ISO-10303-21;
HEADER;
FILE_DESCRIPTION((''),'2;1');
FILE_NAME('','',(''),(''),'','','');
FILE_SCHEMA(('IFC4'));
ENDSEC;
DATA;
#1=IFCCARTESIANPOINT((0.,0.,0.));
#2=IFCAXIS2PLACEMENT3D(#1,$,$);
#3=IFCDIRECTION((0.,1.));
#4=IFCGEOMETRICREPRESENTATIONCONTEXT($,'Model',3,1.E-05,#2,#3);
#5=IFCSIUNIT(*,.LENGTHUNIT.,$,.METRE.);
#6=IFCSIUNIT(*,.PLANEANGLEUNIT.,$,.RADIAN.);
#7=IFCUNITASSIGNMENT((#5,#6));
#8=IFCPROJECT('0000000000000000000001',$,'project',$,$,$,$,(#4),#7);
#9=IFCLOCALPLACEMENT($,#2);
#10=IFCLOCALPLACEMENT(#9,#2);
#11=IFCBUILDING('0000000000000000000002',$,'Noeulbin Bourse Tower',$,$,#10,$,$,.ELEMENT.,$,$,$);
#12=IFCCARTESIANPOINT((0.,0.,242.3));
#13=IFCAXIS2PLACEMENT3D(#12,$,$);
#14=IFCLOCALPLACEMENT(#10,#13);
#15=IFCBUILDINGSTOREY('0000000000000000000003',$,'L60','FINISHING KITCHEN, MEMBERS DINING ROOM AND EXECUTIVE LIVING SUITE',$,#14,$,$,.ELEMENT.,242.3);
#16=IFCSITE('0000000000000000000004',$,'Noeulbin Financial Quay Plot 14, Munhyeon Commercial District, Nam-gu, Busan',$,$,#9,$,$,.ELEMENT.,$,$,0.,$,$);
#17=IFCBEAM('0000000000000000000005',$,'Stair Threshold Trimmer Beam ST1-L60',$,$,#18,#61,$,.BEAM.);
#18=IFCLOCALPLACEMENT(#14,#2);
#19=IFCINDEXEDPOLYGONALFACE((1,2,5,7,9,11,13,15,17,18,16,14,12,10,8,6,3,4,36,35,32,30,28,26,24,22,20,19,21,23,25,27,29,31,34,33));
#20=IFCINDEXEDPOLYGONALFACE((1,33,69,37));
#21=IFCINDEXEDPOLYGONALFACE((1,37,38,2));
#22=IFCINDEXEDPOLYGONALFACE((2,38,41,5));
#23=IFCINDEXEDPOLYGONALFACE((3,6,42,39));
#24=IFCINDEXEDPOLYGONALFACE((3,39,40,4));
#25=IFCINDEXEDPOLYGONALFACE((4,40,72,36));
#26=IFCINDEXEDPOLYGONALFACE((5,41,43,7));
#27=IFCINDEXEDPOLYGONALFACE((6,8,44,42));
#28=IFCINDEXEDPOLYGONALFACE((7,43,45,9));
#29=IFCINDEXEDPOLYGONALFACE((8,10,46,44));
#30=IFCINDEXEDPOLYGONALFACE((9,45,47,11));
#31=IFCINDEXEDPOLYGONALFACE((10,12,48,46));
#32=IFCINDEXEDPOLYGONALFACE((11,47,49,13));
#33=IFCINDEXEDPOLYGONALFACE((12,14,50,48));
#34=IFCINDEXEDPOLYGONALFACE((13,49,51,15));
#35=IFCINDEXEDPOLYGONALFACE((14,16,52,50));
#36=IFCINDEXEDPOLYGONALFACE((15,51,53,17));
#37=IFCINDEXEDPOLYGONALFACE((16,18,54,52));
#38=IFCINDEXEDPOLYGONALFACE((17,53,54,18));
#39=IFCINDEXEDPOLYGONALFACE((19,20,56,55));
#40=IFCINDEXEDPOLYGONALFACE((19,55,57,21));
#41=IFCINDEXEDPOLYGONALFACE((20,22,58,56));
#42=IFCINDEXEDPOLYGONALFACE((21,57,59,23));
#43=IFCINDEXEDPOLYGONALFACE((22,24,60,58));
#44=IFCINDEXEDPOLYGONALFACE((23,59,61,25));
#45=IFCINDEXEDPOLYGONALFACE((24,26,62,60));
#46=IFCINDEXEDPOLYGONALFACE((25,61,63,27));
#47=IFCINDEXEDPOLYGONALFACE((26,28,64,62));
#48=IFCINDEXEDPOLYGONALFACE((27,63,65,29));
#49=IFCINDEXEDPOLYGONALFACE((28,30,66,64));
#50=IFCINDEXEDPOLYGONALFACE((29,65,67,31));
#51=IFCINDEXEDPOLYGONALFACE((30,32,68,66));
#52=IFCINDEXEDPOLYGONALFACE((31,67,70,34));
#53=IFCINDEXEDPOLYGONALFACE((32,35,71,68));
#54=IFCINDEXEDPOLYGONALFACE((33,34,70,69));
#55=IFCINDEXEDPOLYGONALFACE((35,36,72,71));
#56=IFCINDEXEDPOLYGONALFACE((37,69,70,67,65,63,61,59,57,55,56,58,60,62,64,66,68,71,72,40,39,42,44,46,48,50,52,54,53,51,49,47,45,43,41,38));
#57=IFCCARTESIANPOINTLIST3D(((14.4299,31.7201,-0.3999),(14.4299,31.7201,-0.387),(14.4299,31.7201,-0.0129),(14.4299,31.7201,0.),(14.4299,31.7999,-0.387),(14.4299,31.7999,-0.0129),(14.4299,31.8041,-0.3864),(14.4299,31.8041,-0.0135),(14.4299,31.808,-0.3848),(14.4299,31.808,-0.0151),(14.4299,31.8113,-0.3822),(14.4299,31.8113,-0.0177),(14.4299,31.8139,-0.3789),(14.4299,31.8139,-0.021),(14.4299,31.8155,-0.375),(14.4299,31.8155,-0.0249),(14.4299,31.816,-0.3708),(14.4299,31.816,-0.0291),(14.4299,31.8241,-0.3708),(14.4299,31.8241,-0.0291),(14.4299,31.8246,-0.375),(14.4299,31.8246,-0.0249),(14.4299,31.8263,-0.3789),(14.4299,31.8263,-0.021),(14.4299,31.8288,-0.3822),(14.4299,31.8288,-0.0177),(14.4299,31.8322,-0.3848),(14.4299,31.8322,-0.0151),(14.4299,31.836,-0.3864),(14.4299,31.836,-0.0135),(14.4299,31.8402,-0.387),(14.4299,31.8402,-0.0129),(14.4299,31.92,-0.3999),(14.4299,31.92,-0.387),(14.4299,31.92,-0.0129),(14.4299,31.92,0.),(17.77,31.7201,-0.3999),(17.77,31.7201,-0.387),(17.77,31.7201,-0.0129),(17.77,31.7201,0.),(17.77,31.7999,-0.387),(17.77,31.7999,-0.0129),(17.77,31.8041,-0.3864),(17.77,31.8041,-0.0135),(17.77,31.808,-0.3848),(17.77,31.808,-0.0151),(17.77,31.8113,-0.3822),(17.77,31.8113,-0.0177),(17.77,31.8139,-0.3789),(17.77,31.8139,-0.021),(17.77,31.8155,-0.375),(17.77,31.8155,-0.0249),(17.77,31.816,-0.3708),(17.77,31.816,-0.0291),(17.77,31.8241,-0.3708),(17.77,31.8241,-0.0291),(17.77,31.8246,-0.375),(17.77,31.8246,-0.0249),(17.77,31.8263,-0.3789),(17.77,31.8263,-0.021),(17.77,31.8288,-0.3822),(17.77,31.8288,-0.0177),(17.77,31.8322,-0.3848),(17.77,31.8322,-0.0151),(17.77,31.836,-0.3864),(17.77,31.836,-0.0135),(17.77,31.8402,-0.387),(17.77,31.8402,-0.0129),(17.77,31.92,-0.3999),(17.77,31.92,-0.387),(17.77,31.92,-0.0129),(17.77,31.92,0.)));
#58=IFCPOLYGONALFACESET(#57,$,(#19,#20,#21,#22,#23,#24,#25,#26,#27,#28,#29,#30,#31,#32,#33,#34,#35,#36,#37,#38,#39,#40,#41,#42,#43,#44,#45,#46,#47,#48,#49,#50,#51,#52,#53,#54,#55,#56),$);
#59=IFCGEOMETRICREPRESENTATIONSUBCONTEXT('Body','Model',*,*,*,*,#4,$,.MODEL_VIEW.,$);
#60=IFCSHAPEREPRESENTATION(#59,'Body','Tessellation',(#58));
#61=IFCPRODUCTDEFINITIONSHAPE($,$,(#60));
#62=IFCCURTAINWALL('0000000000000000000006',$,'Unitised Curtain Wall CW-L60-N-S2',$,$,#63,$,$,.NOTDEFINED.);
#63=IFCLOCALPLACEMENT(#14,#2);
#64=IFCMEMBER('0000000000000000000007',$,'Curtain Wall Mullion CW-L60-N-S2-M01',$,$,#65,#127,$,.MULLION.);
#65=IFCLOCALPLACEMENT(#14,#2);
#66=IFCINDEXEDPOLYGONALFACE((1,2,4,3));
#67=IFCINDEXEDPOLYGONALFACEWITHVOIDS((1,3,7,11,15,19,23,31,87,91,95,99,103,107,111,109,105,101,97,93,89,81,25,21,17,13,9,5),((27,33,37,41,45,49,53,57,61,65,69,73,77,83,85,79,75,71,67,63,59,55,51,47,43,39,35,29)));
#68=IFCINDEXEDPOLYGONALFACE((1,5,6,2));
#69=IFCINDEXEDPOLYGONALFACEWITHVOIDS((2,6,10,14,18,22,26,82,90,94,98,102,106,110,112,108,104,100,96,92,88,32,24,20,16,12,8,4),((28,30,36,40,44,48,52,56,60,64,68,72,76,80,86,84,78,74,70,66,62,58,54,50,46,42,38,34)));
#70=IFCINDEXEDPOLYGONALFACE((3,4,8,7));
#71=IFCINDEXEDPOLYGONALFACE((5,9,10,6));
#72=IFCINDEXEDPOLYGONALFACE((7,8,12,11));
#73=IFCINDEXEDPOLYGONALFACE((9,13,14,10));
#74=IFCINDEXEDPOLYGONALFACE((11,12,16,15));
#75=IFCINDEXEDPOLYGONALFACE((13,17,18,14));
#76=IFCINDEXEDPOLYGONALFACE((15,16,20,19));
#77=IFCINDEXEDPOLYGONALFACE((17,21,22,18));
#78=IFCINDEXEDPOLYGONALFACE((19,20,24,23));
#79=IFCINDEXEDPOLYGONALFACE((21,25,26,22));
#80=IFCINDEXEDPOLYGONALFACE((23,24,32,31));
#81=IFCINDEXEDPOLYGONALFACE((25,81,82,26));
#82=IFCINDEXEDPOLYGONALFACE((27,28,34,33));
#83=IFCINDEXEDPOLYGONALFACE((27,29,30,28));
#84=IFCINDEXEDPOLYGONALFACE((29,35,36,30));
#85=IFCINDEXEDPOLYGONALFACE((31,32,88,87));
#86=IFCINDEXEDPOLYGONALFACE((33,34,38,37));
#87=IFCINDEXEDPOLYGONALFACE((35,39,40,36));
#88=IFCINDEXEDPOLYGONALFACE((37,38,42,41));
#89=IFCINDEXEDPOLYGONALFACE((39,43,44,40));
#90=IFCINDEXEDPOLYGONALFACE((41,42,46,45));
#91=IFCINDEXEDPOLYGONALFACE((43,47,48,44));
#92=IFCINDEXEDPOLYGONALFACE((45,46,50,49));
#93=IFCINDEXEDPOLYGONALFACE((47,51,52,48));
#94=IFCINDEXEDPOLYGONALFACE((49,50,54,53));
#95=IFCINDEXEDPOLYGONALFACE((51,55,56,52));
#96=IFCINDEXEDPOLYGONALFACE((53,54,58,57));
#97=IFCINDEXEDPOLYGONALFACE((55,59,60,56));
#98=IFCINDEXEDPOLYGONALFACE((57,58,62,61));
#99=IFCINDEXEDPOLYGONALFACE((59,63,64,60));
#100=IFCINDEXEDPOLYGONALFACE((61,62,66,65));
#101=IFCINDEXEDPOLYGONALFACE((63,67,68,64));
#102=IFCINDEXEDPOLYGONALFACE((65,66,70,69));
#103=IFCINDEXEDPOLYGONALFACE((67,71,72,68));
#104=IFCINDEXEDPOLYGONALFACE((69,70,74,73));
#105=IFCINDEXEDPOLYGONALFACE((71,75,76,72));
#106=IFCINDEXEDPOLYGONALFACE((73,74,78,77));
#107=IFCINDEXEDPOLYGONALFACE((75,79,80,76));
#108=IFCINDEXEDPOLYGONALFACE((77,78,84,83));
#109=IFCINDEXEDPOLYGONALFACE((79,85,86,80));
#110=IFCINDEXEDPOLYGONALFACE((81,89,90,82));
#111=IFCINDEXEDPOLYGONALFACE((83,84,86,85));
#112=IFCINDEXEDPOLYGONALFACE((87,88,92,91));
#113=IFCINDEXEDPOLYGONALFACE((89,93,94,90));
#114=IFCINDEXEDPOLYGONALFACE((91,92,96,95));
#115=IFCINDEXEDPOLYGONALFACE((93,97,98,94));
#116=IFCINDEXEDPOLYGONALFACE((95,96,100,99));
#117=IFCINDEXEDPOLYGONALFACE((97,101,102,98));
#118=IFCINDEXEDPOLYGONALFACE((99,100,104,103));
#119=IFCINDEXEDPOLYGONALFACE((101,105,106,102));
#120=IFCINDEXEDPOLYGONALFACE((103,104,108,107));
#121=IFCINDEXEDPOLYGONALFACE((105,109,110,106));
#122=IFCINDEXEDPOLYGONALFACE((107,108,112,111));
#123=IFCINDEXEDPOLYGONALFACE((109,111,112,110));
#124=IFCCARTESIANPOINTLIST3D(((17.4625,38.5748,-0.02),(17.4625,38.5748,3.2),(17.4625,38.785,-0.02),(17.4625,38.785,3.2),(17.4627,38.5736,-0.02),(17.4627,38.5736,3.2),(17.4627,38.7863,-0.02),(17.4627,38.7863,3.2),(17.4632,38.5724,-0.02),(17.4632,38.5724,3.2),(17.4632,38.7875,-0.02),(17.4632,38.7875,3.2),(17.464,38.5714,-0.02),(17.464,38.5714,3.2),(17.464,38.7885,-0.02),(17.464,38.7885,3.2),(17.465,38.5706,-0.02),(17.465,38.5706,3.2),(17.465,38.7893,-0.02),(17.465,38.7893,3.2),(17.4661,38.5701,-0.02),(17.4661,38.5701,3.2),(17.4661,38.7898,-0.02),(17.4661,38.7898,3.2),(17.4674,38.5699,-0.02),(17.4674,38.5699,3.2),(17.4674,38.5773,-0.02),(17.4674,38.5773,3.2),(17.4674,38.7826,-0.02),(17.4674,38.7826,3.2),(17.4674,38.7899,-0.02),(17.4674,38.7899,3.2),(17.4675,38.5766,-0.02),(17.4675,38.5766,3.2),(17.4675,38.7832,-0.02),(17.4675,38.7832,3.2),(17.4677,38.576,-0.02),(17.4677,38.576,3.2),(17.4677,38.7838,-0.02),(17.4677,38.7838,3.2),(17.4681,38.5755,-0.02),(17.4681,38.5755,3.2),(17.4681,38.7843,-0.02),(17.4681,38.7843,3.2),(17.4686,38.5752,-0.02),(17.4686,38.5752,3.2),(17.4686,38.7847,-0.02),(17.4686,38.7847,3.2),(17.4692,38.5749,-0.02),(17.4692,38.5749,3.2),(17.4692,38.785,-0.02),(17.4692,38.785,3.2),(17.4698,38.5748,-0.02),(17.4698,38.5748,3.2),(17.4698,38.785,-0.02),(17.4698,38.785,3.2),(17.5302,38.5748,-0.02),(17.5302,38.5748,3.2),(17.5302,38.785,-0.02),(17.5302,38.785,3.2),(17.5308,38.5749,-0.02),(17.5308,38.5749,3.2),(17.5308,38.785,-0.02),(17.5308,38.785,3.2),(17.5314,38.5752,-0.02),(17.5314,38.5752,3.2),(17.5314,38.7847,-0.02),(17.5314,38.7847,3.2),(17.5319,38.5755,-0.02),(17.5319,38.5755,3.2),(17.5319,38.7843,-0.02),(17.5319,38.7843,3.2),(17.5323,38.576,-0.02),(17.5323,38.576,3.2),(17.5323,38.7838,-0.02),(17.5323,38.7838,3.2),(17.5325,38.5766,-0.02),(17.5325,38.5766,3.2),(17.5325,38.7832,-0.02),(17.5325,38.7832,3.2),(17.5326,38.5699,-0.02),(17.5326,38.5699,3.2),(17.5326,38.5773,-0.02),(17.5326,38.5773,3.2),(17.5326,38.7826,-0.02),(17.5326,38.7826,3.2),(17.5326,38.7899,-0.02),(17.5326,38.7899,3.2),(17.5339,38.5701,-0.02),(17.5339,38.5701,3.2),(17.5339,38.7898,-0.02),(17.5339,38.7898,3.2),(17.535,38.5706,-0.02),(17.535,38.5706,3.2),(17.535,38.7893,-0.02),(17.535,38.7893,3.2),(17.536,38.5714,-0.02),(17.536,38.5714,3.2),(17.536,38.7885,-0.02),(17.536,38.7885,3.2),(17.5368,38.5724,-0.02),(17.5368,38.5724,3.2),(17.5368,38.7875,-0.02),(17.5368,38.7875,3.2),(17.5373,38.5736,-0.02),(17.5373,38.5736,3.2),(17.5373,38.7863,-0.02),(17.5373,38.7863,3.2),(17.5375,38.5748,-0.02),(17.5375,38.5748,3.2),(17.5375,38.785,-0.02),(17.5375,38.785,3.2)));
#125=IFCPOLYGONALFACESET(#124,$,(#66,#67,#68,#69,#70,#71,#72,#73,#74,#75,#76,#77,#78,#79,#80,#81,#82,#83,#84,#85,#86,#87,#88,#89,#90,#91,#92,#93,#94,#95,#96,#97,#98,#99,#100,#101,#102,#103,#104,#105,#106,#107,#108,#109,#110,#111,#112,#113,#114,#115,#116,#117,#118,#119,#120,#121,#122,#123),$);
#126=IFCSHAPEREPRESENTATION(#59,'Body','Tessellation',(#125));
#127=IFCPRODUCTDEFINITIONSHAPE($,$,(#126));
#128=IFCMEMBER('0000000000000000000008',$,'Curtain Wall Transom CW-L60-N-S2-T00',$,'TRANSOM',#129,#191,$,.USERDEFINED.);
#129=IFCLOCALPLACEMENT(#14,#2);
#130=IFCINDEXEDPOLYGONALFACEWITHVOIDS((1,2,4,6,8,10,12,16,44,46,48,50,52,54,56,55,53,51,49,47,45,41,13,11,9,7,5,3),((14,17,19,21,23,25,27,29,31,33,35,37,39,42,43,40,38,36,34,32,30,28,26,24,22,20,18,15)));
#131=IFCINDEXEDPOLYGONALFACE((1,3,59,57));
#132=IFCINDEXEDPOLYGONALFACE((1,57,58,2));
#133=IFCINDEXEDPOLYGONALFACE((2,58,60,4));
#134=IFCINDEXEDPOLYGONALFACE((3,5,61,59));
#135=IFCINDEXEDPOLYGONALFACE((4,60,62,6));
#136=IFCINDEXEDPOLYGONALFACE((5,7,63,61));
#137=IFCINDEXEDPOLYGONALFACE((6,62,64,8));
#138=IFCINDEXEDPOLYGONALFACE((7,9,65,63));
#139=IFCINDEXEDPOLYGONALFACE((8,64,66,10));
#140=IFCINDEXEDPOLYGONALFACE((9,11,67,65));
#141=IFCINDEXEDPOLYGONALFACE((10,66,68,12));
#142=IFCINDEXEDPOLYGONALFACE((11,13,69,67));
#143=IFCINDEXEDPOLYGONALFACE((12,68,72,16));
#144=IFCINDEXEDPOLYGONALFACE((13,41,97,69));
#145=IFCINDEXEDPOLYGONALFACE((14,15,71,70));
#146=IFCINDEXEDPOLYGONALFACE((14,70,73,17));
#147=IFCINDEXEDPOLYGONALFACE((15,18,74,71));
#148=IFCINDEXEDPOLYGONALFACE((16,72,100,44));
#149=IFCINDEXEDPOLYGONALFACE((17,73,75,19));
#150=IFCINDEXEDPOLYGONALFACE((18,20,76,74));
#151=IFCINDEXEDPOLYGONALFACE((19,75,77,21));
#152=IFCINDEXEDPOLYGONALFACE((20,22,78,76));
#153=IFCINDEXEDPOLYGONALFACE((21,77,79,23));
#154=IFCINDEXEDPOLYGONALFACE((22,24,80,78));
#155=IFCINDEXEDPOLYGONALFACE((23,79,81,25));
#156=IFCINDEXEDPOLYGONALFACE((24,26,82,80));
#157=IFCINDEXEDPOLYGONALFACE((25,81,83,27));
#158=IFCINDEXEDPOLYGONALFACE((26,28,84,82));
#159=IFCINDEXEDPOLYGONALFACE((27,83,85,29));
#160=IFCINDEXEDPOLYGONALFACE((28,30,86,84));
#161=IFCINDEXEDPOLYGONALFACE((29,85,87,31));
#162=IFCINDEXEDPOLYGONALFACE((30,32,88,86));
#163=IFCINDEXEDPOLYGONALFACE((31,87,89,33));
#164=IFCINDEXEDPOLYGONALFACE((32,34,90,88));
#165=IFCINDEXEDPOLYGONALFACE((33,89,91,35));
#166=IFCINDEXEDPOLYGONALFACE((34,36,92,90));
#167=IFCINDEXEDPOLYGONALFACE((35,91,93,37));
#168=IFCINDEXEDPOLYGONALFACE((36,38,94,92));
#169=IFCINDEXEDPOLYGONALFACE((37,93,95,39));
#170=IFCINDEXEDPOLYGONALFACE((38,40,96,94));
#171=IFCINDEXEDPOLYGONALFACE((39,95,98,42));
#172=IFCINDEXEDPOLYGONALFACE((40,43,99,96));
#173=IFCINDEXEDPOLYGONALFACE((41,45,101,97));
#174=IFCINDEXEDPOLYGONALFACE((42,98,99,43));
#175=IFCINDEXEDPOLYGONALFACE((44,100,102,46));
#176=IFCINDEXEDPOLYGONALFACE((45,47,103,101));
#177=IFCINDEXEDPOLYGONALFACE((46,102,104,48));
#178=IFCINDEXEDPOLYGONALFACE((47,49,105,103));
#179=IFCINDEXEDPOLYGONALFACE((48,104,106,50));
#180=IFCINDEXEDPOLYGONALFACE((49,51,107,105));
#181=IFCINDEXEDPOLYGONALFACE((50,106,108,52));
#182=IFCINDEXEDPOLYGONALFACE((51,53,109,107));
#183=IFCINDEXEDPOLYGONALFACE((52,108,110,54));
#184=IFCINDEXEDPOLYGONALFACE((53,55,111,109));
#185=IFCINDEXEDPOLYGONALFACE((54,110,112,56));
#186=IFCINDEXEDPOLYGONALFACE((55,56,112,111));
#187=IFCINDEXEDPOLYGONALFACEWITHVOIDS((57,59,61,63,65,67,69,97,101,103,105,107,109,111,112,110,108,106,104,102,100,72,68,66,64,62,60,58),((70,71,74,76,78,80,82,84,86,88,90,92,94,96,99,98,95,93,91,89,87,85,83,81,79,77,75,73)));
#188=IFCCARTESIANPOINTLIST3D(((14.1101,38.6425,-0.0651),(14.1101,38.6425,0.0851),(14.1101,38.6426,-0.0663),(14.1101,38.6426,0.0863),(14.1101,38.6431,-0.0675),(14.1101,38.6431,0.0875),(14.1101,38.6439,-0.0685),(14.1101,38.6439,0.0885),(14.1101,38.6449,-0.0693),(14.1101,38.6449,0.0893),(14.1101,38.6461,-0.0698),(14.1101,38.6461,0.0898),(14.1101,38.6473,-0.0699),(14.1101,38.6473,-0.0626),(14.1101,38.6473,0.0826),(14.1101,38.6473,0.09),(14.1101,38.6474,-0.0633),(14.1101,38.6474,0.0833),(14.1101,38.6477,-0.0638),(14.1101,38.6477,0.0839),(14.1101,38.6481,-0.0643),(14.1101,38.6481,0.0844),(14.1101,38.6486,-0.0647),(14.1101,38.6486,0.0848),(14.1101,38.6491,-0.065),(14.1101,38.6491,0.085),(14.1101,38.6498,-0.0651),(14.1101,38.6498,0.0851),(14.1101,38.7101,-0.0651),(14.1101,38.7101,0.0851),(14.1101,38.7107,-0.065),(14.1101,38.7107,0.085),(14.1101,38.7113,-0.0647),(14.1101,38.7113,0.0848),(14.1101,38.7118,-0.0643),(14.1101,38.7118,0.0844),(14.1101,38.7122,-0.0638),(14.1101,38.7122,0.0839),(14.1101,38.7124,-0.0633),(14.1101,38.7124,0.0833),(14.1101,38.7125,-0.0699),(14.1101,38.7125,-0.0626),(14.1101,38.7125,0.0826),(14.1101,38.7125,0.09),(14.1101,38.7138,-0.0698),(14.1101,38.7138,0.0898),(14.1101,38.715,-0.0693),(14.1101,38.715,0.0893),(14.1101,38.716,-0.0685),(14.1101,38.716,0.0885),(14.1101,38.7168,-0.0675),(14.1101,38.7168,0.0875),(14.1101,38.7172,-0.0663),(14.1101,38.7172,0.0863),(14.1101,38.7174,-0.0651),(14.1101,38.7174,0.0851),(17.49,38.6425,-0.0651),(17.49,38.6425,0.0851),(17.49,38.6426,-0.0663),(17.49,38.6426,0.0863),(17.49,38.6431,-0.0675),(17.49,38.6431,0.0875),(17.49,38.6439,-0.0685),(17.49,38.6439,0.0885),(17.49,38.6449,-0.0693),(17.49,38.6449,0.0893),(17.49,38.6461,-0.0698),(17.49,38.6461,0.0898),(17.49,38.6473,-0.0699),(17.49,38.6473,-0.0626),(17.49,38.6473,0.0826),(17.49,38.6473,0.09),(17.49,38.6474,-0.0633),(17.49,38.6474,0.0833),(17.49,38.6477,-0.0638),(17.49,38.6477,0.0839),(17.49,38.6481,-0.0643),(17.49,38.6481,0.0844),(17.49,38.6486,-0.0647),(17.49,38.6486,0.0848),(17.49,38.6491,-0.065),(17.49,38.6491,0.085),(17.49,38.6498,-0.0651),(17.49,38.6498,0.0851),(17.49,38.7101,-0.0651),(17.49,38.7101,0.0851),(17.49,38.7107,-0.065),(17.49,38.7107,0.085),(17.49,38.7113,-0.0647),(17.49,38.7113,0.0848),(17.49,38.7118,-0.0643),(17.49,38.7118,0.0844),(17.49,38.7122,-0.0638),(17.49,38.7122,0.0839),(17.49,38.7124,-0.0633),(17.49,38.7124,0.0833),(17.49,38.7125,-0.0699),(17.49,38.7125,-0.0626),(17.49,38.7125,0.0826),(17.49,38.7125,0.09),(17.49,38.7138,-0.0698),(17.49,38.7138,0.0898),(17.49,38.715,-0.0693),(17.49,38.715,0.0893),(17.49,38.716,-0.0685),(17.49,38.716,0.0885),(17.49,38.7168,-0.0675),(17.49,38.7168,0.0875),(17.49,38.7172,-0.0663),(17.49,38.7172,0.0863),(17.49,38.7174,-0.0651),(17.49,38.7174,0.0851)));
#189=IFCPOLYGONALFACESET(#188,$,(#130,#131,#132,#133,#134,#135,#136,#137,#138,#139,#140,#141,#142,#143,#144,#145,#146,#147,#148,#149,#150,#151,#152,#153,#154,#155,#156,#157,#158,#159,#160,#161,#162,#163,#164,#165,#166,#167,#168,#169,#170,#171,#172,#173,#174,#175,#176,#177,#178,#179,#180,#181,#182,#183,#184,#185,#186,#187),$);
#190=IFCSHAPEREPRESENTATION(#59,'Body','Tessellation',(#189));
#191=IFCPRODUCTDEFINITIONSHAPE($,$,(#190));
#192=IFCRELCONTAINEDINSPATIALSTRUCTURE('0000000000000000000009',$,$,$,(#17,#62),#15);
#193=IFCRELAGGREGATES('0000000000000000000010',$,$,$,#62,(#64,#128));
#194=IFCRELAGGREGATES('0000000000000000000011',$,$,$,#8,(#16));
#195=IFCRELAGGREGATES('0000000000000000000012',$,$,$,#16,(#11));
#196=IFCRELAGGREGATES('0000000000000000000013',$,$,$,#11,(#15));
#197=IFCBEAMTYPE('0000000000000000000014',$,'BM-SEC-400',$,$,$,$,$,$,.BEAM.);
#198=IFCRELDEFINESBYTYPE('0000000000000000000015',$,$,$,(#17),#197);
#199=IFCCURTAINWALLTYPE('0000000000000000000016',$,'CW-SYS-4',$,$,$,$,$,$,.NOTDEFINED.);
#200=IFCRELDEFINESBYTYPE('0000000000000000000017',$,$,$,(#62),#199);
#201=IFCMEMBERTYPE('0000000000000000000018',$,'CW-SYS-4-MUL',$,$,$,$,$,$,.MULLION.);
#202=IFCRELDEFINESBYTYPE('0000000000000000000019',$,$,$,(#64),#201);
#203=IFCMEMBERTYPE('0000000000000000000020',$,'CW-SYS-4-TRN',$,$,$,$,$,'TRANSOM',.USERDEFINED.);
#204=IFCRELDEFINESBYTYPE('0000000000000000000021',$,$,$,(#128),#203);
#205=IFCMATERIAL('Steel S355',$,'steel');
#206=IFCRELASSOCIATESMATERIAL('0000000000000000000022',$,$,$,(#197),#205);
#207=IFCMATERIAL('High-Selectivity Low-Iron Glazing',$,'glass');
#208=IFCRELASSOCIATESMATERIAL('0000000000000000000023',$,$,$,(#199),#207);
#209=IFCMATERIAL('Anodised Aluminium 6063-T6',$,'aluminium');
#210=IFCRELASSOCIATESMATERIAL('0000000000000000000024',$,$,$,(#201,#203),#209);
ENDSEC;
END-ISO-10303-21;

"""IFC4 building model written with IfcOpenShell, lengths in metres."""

from ifc_helpers import new_model, si_unit, direction, frame, origin, origin_2d, place, context, subcontext, project, spatial, hollow_rectangle, i_section, extrude, material, material_profile, profile_set, type_object, element, aggregate, save


model = new_model("IFC4")

# Units and contexts
model_context = context("Model", 3, precision=1e-05, world=origin(), true_north=direction((0.0, 1.0)))
body_context = subcontext(model_context, "Body", "Model", "MODEL_VIEW")
ifc_project = project(units=[si_unit("LENGTHUNIT", "METRE"), si_unit("PLANEANGLEUNIT", "RADIAN")], contexts=[model_context])

# Site, building, storey
site_placement = place(None, origin())
site = spatial("IfcSite", under=ifc_project, at=site_placement, Name="Noeulbin Financial Quay Plot 14, Munhyeon Commercial District, Nam-gu, Busan", CompositionType="ELEMENT", RefElevation=0.0)
building_placement = place(site_placement, origin())
building = spatial("IfcBuilding", under=site, at=building_placement, Name="Noeulbin Bourse Tower", CompositionType="ELEMENT")
storey_placement = place(building_placement, frame((0.0, 0.0, 242.3)))
storey = spatial("IfcBuildingStorey", under=building, at=storey_placement, Name="L60", Description="FINISHING KITCHEN, MEMBERS DINING ROOM AND EXECUTIVE LIVING SUITE", CompositionType="ELEMENT", Elevation=242.3)

# Beam
ifc_material_1 = material(Name="Steel S355", Category="steel")
ifc_material_profile_1 = material_profile(ifc_material_1, i_section(OverallWidth=0.2, OverallDepth=0.3999, WebThickness=0.0081, FlangeThickness=0.0129, FilletRadius=0.0161, at=origin_2d()), Name="H-400x200x8x13", Category="LoadBearing")
ifc_profile_set_1 = profile_set([ifc_material_profile_1], Name="Steel S355")
beam_type = type_object("IfcBeamType", Name="BM-SEC-400", PredefinedType="BEAM", material=ifc_profile_set_1)
beam_placement = place(storey_placement, frame((14.4299, 31.8201, -0.2), z_axis=(1.0, 0.0, 0.0), x_axis=(0.0, 1.0, 0.0)))
element("IfcBeam", 1, at=beam_placement, inside=storey, type_object=beam_type, Name="Stair Threshold Trimmer Beam ST1-L60", PredefinedType="BEAM", context=body_context, shape_type="SweptSolid", body=[
    extrude(i_section(OverallWidth=0.2, OverallDepth=0.3999, WebThickness=0.0081, FlangeThickness=0.0129, FilletRadius=0.0161, at=origin_2d()), origin(), (0.0, 0.0, 1.0), 3.3401),
])

# Curtain wall, members
ifc_material_2 = material(Name="High-Selectivity Low-Iron Glazing", Category="glass")
curtain_wall_type = type_object("IfcCurtainWallType", Name="CW-SYS-4", PredefinedType="NOTDEFINED", material=ifc_material_2)
curtain_wall_placement = place(storey_placement, origin())
curtain_wall = element("IfcCurtainWall", 2, at=curtain_wall_placement, inside=storey, type_object=curtain_wall_type, Name="Unitised Curtain Wall CW-L60-N-S2", PredefinedType="NOTDEFINED")
ifc_material_3 = material(Name="Anodised Aluminium 6063-T6", Category="aluminium")
ifc_material_profile_2 = material_profile(ifc_material_3, hollow_rectangle(XDim=0.075, YDim=0.22, WallThickness=0.0049, InnerFilletRadius=0.0024, OuterFilletRadius=0.0049, at=origin_2d()), Name="ALU-MULL-75x220x5", Category="LoadBearing")
ifc_profile_set_2 = profile_set([ifc_material_profile_2], Name="Anodised Aluminium 6063-T6")
member_type_1 = type_object("IfcMemberType", Name="CW-SYS-4-MUL", PredefinedType="MULLION", material=ifc_profile_set_2)
member_1_placement = place(storey_placement, frame((17.5, 38.6799, -0.02), z_axis=(0.0, 0.0, 1.0), x_axis=(1.0, 0.0, 0.0)))
member_1 = element("IfcMember", 3, at=member_1_placement, type_object=member_type_1, Name="Curtain Wall Mullion CW-L60-N-S2-M01", PredefinedType="MULLION", context=body_context, shape_type="SweptSolid", body=[
    extrude(hollow_rectangle(XDim=0.075, YDim=0.22, WallThickness=0.0049, InnerFilletRadius=0.0024, OuterFilletRadius=0.0049, at=origin_2d()), origin(), (0.0, 0.0, 1.0), 3.22),
])
ifc_material_profile_3 = material_profile(ifc_material_3, hollow_rectangle(XDim=0.075, YDim=0.1599, WallThickness=0.0049, InnerFilletRadius=0.0024, OuterFilletRadius=0.0049, at=origin_2d()), Name="ALU-TRAN-75x160x5", Category="LoadBearing")
ifc_profile_set_3 = profile_set([ifc_material_profile_3], Name="Anodised Aluminium 6063-T6")
member_type_2 = type_object("IfcMemberType", Name="CW-SYS-4-TRN", ElementType="TRANSOM", PredefinedType="USERDEFINED", material=ifc_profile_set_3)
member_2_placement = place(storey_placement, frame((14.1101, 38.6799, 0.01), z_axis=(1.0, 0.0, 0.0), x_axis=(0.0, 1.0, 0.0)))
member_2 = element("IfcMember", 4, at=member_2_placement, type_object=member_type_2, Name="Curtain Wall Transom CW-L60-N-S2-T00", ObjectType="TRANSOM", PredefinedType="USERDEFINED", context=body_context, shape_type="SweptSolid", body=[
    extrude(hollow_rectangle(XDim=0.075, YDim=0.1599, WallThickness=0.0049, InnerFilletRadius=0.0024, OuterFilletRadius=0.0049, at=origin_2d()), origin(), (0.0, 0.0, 1.0), 3.3799),
])
aggregate(curtain_wall, [member_1, member_2])

save(model, "model.ifc")
